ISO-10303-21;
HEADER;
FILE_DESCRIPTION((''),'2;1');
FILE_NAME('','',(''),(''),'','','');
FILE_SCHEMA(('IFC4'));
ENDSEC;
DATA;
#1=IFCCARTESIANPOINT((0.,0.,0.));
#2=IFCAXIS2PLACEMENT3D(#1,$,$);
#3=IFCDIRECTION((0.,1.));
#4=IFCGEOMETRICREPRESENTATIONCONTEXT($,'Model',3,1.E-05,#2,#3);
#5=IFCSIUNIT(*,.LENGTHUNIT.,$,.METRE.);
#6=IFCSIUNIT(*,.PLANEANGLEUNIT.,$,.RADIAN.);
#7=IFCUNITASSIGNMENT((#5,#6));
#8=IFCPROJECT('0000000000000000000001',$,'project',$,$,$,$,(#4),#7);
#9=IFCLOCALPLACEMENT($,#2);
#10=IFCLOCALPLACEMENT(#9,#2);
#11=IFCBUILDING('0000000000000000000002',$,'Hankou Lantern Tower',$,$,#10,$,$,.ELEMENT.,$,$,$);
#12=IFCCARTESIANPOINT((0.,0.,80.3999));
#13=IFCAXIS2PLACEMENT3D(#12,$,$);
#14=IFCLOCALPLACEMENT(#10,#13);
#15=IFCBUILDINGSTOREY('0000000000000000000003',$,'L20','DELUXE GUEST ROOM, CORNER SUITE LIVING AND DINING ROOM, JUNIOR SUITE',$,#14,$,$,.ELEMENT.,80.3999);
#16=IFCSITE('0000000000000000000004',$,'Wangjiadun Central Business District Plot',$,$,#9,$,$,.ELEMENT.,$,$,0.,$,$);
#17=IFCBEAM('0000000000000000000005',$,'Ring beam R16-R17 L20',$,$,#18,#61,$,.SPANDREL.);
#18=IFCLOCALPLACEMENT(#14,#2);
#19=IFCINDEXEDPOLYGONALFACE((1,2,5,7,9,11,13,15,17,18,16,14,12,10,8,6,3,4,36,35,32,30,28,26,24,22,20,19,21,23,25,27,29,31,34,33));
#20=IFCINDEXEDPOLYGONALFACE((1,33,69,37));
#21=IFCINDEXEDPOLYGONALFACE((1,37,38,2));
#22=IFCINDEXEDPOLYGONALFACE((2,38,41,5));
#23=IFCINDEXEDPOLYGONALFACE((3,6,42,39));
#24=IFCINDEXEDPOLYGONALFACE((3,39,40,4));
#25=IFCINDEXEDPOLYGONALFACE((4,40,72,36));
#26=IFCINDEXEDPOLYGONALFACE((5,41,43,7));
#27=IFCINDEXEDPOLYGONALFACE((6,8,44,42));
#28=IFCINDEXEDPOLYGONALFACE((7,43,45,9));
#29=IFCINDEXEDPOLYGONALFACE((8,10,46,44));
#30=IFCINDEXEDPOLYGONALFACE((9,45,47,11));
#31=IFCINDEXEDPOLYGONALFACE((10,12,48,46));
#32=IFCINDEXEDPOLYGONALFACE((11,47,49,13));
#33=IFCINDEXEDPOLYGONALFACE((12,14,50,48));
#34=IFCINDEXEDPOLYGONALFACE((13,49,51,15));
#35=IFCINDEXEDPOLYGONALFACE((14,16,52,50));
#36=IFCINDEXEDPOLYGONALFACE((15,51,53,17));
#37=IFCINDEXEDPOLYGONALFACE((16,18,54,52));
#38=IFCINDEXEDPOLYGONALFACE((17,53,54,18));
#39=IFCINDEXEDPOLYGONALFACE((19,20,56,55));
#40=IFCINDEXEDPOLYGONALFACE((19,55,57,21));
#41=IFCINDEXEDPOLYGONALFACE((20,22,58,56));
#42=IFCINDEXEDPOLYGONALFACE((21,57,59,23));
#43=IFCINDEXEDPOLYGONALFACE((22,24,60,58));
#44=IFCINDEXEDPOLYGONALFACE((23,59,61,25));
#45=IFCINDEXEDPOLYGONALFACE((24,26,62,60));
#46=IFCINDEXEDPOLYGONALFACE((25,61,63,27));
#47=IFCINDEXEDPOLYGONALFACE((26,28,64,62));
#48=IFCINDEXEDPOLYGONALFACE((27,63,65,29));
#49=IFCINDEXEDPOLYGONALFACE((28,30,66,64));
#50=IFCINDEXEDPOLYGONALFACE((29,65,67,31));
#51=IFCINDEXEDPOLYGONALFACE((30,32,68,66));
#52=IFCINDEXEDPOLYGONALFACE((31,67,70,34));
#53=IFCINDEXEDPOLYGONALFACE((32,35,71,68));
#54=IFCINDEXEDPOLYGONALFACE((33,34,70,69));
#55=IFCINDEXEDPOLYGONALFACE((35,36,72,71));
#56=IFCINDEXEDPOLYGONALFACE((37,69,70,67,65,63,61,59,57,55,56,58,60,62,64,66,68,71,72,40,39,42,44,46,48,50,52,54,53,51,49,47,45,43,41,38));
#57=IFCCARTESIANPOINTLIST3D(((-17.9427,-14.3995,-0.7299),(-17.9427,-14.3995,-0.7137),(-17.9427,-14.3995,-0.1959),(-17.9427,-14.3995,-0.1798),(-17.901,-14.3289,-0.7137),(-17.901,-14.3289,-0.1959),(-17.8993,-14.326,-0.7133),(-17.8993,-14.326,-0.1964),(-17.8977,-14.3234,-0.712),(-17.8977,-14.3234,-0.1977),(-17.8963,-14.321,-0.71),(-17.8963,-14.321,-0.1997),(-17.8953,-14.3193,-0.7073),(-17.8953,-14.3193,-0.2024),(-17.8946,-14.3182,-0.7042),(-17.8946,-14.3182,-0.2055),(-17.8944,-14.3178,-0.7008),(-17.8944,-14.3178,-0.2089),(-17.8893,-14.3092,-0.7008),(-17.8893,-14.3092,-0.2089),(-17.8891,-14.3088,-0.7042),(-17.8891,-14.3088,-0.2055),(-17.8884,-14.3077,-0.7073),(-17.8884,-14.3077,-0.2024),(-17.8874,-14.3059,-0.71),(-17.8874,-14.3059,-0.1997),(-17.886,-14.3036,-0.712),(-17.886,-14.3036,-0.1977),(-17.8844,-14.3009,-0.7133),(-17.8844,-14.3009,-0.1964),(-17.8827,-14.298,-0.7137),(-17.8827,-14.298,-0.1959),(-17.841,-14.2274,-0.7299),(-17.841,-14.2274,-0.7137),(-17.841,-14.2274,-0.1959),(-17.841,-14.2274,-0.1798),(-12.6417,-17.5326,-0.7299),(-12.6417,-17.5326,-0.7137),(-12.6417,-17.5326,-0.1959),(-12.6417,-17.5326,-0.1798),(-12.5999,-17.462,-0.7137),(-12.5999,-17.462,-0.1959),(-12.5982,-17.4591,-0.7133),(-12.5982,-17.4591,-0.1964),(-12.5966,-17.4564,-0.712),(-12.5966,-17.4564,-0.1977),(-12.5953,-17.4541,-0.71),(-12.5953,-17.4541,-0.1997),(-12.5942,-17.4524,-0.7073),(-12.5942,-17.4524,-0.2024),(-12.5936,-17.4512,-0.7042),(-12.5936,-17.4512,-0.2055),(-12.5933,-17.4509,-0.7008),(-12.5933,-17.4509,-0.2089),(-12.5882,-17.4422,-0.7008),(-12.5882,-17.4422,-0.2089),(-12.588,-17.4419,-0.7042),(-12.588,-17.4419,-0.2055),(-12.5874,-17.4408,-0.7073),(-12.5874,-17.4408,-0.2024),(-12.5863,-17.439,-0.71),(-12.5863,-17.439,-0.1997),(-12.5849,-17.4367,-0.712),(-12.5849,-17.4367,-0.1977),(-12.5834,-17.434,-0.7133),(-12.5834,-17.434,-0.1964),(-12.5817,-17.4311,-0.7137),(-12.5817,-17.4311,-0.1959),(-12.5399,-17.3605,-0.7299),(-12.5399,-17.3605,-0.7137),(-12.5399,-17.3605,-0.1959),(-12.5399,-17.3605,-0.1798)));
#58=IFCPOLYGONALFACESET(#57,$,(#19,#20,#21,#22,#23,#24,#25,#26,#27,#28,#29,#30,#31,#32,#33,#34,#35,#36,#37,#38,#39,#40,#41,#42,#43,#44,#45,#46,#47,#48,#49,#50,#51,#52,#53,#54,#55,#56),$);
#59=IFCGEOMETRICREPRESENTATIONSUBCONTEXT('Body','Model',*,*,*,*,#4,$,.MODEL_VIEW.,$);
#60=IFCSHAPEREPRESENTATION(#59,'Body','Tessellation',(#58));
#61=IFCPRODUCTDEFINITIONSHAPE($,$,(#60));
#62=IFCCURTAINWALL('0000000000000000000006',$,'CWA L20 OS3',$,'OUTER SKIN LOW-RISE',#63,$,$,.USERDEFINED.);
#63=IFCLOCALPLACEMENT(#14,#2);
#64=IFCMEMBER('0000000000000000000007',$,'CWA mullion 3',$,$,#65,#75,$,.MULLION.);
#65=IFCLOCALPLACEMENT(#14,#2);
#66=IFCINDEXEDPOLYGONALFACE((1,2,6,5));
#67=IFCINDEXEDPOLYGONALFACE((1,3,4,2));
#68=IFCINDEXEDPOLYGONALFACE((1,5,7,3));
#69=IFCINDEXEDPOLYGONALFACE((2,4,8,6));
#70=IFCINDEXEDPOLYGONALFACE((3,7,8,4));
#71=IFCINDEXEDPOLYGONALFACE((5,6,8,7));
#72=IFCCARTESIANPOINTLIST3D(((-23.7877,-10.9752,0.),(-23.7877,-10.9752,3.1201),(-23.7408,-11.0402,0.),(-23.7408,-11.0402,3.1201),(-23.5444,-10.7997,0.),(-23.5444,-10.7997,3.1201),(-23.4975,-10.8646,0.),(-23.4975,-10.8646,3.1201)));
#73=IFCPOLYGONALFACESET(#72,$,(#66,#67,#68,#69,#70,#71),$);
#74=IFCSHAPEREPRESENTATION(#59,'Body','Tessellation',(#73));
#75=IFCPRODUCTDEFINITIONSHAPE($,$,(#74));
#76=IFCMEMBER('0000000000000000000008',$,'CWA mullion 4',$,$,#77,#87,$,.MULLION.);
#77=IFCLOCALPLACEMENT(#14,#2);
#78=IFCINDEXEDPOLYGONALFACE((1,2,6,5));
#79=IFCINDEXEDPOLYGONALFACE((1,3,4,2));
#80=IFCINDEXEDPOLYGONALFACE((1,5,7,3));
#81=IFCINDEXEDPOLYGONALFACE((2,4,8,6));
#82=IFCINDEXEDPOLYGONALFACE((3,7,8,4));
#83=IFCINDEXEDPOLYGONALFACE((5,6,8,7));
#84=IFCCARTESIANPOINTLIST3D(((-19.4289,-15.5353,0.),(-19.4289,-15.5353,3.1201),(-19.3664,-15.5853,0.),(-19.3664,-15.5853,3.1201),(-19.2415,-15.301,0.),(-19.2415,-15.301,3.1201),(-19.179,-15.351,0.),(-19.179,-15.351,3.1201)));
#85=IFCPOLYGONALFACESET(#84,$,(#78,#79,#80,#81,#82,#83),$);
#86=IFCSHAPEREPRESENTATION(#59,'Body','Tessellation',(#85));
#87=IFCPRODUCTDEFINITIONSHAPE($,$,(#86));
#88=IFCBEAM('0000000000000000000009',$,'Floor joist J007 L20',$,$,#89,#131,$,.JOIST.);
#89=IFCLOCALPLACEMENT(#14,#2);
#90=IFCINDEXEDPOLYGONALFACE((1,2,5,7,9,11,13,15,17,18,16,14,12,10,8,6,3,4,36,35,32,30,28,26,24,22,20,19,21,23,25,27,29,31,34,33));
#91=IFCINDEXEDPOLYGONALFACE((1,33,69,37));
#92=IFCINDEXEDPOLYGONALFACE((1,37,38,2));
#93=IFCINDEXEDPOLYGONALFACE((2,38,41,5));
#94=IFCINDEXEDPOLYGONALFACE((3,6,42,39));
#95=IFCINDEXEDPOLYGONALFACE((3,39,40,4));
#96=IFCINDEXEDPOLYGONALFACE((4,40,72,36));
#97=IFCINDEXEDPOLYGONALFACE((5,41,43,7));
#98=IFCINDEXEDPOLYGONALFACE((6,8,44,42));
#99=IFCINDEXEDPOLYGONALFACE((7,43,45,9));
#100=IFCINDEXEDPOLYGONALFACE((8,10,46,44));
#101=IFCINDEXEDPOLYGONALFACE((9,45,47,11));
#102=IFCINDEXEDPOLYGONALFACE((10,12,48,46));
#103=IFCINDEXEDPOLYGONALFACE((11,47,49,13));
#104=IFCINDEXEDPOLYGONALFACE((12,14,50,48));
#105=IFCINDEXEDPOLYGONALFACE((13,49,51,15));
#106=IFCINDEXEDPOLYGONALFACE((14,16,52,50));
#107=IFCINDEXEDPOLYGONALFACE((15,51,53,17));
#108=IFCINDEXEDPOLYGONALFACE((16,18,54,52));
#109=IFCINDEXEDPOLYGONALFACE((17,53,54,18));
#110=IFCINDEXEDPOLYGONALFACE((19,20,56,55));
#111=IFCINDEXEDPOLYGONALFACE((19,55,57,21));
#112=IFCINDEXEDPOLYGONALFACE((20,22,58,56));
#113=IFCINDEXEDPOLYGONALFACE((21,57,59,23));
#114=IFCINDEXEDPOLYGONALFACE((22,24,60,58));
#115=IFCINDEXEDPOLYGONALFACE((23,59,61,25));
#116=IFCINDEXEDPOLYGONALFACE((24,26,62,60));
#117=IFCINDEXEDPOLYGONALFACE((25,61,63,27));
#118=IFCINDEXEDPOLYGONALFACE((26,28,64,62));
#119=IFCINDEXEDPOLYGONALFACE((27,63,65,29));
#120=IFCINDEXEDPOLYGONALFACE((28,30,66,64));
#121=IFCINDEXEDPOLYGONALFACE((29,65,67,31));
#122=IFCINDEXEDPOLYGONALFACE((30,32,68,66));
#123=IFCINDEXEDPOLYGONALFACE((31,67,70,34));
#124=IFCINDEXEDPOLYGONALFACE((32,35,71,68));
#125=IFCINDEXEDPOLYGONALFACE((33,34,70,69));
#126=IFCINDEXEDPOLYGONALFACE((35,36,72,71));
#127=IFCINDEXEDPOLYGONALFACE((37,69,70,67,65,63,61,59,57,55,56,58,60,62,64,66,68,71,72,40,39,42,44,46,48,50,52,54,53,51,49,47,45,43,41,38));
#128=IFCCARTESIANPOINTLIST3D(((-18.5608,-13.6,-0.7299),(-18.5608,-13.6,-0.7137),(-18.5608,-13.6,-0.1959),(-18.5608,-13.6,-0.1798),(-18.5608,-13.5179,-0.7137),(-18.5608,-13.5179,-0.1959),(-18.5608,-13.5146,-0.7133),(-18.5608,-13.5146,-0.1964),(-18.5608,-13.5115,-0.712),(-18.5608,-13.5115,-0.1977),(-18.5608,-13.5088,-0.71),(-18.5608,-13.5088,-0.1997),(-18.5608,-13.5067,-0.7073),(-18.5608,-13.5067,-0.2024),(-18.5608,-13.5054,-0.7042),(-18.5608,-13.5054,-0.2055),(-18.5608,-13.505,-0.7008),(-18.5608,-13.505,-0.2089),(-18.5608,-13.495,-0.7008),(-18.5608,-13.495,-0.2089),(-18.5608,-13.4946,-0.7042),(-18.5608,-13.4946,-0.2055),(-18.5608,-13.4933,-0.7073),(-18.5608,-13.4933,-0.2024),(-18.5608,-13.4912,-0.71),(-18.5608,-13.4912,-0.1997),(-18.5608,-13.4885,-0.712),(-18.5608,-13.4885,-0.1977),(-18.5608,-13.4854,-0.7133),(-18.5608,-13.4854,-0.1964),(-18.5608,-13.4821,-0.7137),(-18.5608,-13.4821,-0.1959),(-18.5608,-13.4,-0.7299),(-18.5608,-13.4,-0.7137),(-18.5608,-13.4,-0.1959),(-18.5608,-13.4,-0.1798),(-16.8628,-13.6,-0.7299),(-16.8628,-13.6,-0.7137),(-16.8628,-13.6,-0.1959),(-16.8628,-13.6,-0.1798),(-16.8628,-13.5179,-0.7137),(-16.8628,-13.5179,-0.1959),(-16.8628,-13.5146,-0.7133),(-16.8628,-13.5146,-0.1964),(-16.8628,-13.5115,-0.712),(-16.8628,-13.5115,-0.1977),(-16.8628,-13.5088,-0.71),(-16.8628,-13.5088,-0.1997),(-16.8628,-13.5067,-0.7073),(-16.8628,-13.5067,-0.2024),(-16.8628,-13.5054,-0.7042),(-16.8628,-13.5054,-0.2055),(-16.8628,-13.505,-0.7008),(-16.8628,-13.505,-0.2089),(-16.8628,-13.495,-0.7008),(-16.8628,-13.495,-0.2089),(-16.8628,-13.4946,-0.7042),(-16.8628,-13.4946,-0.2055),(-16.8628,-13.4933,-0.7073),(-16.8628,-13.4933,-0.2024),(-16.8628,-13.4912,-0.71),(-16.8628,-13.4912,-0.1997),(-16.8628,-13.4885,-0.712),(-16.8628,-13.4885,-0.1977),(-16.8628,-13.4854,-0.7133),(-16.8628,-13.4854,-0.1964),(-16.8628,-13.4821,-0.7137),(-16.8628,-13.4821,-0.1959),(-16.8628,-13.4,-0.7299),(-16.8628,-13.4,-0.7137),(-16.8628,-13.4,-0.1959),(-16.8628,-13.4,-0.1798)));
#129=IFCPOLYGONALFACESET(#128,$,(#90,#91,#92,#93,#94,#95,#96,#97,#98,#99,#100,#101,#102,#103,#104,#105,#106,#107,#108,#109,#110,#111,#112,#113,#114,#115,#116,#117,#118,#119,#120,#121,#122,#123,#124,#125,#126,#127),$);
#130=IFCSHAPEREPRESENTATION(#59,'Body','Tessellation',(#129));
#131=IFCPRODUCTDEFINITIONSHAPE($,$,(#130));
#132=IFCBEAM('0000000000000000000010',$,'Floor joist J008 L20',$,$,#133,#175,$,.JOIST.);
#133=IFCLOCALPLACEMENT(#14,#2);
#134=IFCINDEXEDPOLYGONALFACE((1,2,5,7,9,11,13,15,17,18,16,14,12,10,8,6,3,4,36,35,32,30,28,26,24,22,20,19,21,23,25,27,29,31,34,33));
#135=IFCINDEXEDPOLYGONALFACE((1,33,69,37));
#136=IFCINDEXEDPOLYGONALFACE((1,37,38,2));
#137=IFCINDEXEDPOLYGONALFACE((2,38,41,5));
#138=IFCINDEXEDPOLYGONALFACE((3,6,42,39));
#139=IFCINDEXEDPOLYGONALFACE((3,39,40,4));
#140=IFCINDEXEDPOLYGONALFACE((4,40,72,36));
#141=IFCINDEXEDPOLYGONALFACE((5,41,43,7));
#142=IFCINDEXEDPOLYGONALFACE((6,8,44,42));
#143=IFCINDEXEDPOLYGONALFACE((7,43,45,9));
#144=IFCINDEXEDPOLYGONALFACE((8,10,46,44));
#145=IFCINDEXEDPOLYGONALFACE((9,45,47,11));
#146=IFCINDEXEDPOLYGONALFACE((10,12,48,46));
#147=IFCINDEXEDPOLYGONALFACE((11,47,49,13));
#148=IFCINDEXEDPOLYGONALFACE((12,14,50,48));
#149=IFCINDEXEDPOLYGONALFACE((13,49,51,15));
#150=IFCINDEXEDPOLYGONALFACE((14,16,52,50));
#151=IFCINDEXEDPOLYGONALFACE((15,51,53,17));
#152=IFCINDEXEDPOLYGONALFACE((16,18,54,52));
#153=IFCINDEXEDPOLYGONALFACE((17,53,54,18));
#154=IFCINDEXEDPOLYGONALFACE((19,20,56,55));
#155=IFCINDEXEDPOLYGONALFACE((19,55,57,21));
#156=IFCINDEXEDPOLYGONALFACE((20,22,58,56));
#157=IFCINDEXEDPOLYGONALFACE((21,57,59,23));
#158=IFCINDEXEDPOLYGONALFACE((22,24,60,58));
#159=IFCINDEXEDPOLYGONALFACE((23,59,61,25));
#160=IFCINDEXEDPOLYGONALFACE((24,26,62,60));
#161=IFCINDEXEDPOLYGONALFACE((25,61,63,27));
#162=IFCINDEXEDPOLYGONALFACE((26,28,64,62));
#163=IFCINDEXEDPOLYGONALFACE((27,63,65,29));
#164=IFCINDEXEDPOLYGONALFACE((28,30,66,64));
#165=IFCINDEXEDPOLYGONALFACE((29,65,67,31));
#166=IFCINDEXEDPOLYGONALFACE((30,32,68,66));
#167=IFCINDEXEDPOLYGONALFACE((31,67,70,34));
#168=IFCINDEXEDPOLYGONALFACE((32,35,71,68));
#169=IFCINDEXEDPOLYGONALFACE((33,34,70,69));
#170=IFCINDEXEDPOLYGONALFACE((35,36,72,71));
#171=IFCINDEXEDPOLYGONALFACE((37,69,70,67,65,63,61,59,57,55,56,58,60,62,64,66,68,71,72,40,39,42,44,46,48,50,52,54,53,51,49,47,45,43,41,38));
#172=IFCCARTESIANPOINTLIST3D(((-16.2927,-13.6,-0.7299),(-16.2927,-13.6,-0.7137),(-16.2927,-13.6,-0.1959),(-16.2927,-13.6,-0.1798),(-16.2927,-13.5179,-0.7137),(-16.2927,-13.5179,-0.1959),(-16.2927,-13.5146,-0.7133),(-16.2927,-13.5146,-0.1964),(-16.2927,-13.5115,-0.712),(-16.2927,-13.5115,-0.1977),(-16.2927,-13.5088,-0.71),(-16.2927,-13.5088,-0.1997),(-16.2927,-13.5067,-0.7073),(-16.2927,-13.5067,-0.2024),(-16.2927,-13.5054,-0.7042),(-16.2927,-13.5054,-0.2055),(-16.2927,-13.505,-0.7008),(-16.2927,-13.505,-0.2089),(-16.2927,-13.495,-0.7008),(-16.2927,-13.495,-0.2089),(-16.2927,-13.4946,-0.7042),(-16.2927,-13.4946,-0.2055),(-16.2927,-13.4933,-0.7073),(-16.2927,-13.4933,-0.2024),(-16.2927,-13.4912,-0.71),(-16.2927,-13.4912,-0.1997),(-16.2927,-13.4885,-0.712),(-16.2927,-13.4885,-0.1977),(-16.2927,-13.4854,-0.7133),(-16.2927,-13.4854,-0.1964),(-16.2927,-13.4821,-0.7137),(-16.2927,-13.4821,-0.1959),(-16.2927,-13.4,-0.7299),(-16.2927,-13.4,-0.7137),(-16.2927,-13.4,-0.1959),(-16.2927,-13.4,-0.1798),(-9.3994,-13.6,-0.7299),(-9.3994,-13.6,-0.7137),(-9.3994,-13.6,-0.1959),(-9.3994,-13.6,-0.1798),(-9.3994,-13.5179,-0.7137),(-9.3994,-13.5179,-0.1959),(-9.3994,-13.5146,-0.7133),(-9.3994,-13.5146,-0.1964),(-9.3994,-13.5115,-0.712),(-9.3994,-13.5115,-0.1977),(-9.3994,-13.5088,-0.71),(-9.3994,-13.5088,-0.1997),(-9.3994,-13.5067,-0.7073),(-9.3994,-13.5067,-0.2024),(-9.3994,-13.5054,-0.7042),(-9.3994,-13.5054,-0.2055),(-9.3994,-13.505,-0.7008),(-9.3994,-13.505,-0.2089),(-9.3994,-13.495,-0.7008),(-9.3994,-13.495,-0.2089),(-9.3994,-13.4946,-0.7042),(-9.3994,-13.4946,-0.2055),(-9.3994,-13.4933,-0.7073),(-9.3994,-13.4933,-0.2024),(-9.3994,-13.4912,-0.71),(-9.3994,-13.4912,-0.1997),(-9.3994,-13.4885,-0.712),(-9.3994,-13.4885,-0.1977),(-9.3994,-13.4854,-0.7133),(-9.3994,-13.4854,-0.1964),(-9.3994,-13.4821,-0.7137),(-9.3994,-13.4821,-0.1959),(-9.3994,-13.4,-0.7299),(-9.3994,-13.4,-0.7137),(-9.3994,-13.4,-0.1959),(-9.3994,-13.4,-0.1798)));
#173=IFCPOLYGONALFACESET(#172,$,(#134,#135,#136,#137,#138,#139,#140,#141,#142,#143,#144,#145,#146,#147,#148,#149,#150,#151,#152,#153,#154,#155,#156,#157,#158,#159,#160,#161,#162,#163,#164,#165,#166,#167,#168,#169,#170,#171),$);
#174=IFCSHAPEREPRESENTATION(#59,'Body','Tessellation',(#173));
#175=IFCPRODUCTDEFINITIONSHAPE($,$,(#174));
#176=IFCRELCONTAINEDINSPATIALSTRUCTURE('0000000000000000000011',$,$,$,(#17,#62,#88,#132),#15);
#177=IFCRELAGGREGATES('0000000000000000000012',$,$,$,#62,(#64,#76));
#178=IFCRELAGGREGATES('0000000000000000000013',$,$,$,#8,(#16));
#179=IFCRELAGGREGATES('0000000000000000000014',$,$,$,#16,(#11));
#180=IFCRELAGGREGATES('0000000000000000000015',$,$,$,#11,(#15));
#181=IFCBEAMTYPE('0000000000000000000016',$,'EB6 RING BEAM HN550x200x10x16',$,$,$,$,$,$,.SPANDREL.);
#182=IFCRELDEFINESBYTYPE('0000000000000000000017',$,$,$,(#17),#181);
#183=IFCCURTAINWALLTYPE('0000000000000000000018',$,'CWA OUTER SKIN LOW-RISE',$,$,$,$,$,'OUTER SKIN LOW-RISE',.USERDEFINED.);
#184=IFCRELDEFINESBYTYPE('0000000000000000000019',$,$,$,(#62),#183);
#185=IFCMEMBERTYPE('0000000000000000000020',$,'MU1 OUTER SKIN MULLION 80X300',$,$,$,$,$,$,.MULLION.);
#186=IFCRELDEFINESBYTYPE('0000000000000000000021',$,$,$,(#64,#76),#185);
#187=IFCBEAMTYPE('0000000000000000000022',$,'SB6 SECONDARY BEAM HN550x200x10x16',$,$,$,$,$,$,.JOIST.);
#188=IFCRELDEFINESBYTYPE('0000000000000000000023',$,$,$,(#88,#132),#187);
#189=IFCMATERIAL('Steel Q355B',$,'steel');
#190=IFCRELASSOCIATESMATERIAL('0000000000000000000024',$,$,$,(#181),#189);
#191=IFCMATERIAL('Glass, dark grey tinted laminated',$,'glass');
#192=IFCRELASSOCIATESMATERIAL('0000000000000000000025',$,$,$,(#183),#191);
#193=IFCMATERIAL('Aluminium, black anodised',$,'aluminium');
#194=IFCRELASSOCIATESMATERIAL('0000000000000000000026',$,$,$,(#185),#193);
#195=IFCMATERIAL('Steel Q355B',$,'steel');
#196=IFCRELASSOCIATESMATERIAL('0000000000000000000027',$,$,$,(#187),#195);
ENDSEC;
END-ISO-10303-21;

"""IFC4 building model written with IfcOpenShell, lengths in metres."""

from ifc_helpers import new_model, si_unit, direction, frame, origin, origin_2d, place, context, subcontext, project, spatial, rectangle, i_section, extrude, material, material_profile, profile_set, type_object, element, aggregate, save


model = new_model("IFC4")

# Units and contexts
model_context = context("Model", 3, precision=1e-05, world=origin(), true_north=direction((0.0, 1.0)))
body_context = subcontext(model_context, "Body", "Model", "MODEL_VIEW")
ifc_project = project(units=[si_unit("LENGTHUNIT", "METRE"), si_unit("PLANEANGLEUNIT", "RADIAN")], contexts=[model_context])

# Site, building, storey
site_placement = place(None, origin())
site = spatial("IfcSite", under=ifc_project, at=site_placement, Name="Wangjiadun Central Business District Plot", CompositionType="ELEMENT", RefElevation=0.0)
building_placement = place(site_placement, origin())
building = spatial("IfcBuilding", under=site, at=building_placement, Name="Hankou Lantern Tower", CompositionType="ELEMENT")
storey_placement = place(building_placement, frame((0.0, 0.0, 80.3999)))
storey = spatial("IfcBuildingStorey", under=building, at=storey_placement, Name="L20", Description="DELUXE GUEST ROOM, CORNER SUITE LIVING AND DINING ROOM, JUNIOR SUITE", CompositionType="ELEMENT", Elevation=80.3999)

# Beam
ifc_material_1 = material(Name="Steel Q355B", Category="steel")
ifc_material_profile_1 = material_profile(ifc_material_1, i_section(OverallWidth=0.2, OverallDepth=0.55, WebThickness=0.01, FlangeThickness=0.0161, FilletRadius=0.0129, at=origin_2d()), Name="HN550x200x10x16")
ifc_profile_set_1 = profile_set([ifc_material_profile_1], Name="Steel Q355B")
beam_type_1 = type_object("IfcBeamType", Name="EB6 RING BEAM HN550x200x10x16", PredefinedType="SPANDREL", material=ifc_profile_set_1)
beam_1_placement = place(storey_placement, frame((-17.8918, -14.3135, -0.4548), z_axis=(0.860882, -0.508805, 0.0), x_axis=(0.508805, 0.860882, 0.0)))
element("IfcBeam", 1, at=beam_1_placement, inside=storey, type_object=beam_type_1, Name="Ring beam R16-R17 L20", PredefinedType="SPANDREL", context=body_context, shape_type="SweptSolid", body=[
    extrude(i_section(OverallWidth=0.2, OverallDepth=0.55, WebThickness=0.01, FlangeThickness=0.0161, FilletRadius=0.0129, at=origin_2d()), origin(), (0.0, 0.0, 1.0), 6.1577),
])

# Curtain wall, members
ifc_material_2 = material(Name="Glass, dark grey tinted laminated", Category="glass")
curtain_wall_type = type_object("IfcCurtainWallType", Name="CWA OUTER SKIN LOW-RISE", ElementType="OUTER SKIN LOW-RISE", PredefinedType="USERDEFINED", material=ifc_material_2)
curtain_wall_placement = place(storey_placement, origin())
curtain_wall = element("IfcCurtainWall", 2, at=curtain_wall_placement, inside=storey, type_object=curtain_wall_type, Name="CWA L20 OS3", ObjectType="OUTER SKIN LOW-RISE", PredefinedType="USERDEFINED")
ifc_material_3 = material(Name="Aluminium, black anodised", Category="aluminium")
ifc_material_profile_2 = material_profile(ifc_material_3, rectangle(XDim=0.0801, YDim=0.3, at=origin_2d()), Name="MU1 80X300")
ifc_profile_set_2 = profile_set([ifc_material_profile_2], Name="Aluminium, black anodised")
member_type_1 = type_object("IfcMemberType", Name="MU1 OUTER SKIN MULLION 80X300", PredefinedType="MULLION", material=ifc_profile_set_2)
member_1_placement = place(storey_placement, frame((-23.6426, -10.9199, 0.0), z_axis=(0.0, 0.0, 1.0), x_axis=(0.585206, -0.810885, 0.0)))
member_1 = element("IfcMember", 3, at=member_1_placement, type_object=member_type_1, Name="CWA mullion 3", PredefinedType="MULLION", context=body_context, shape_type="SweptSolid", body=[
    extrude(rectangle(XDim=0.0801, YDim=0.3, at=origin_2d()), origin(), (0.0, 0.0, 1.0), 3.1201),
])
member_2_placement = place(storey_placement, frame((-19.304, -15.4431, 0.0), z_axis=(0.0, 0.0, 1.0), x_axis=(0.780869, -0.624695, 0.0)))
member_2 = element("IfcMember", 4, at=member_2_placement, type_object=member_type_1, Name="CWA mullion 4", PredefinedType="MULLION", context=body_context, shape_type="SweptSolid", body=[
    extrude(rectangle(XDim=0.0801, YDim=0.3, at=origin_2d()), origin(), (0.0, 0.0, 1.0), 3.1201),
])

# Beams
ifc_material_4 = material(Name="Steel Q355B", Category="steel")
ifc_material_profile_3 = material_profile(ifc_material_4, i_section(OverallWidth=0.2, OverallDepth=0.55, WebThickness=0.01, FlangeThickness=0.0161, FilletRadius=0.0129, at=origin_2d()), Name="HN550x200x10x16")
ifc_profile_set_3 = profile_set([ifc_material_profile_3], Name="Steel Q355B")
beam_type_2 = type_object("IfcBeamType", Name="SB6 SECONDARY BEAM HN550x200x10x16", PredefinedType="JOIST", material=ifc_profile_set_3)
beam_2_placement = place(storey_placement, frame((-18.5608, -13.5, -0.4548), z_axis=(1.0, 0.0, 0.0), x_axis=(0.0, 1.0, 0.0)))
element("IfcBeam", 5, at=beam_2_placement, inside=storey, type_object=beam_type_2, Name="Floor joist J007 L20", PredefinedType="JOIST", context=body_context, shape_type="SweptSolid", body=[
    extrude(i_section(OverallWidth=0.2, OverallDepth=0.55, WebThickness=0.01, FlangeThickness=0.0161, FilletRadius=0.0129, at=origin_2d()), origin(), (0.0, 0.0, 1.0), 1.698),
])
beam_3_placement = place(storey_placement, frame((-16.2927, -13.5, -0.4548), z_axis=(1.0, 0.0, 0.0), x_axis=(0.0, 1.0, 0.0)))
element("IfcBeam", 6, at=beam_3_placement, inside=storey, type_object=beam_type_2, Name="Floor joist J008 L20", PredefinedType="JOIST", context=body_context, shape_type="SweptSolid", body=[
    extrude(i_section(OverallWidth=0.2, OverallDepth=0.55, WebThickness=0.01, FlangeThickness=0.0161, FilletRadius=0.0129, at=origin_2d()), origin(), (0.0, 0.0, 1.0), 6.8933),
])

aggregate(curtain_wall, [member_1, member_2])

save(model, "model.ifc")
